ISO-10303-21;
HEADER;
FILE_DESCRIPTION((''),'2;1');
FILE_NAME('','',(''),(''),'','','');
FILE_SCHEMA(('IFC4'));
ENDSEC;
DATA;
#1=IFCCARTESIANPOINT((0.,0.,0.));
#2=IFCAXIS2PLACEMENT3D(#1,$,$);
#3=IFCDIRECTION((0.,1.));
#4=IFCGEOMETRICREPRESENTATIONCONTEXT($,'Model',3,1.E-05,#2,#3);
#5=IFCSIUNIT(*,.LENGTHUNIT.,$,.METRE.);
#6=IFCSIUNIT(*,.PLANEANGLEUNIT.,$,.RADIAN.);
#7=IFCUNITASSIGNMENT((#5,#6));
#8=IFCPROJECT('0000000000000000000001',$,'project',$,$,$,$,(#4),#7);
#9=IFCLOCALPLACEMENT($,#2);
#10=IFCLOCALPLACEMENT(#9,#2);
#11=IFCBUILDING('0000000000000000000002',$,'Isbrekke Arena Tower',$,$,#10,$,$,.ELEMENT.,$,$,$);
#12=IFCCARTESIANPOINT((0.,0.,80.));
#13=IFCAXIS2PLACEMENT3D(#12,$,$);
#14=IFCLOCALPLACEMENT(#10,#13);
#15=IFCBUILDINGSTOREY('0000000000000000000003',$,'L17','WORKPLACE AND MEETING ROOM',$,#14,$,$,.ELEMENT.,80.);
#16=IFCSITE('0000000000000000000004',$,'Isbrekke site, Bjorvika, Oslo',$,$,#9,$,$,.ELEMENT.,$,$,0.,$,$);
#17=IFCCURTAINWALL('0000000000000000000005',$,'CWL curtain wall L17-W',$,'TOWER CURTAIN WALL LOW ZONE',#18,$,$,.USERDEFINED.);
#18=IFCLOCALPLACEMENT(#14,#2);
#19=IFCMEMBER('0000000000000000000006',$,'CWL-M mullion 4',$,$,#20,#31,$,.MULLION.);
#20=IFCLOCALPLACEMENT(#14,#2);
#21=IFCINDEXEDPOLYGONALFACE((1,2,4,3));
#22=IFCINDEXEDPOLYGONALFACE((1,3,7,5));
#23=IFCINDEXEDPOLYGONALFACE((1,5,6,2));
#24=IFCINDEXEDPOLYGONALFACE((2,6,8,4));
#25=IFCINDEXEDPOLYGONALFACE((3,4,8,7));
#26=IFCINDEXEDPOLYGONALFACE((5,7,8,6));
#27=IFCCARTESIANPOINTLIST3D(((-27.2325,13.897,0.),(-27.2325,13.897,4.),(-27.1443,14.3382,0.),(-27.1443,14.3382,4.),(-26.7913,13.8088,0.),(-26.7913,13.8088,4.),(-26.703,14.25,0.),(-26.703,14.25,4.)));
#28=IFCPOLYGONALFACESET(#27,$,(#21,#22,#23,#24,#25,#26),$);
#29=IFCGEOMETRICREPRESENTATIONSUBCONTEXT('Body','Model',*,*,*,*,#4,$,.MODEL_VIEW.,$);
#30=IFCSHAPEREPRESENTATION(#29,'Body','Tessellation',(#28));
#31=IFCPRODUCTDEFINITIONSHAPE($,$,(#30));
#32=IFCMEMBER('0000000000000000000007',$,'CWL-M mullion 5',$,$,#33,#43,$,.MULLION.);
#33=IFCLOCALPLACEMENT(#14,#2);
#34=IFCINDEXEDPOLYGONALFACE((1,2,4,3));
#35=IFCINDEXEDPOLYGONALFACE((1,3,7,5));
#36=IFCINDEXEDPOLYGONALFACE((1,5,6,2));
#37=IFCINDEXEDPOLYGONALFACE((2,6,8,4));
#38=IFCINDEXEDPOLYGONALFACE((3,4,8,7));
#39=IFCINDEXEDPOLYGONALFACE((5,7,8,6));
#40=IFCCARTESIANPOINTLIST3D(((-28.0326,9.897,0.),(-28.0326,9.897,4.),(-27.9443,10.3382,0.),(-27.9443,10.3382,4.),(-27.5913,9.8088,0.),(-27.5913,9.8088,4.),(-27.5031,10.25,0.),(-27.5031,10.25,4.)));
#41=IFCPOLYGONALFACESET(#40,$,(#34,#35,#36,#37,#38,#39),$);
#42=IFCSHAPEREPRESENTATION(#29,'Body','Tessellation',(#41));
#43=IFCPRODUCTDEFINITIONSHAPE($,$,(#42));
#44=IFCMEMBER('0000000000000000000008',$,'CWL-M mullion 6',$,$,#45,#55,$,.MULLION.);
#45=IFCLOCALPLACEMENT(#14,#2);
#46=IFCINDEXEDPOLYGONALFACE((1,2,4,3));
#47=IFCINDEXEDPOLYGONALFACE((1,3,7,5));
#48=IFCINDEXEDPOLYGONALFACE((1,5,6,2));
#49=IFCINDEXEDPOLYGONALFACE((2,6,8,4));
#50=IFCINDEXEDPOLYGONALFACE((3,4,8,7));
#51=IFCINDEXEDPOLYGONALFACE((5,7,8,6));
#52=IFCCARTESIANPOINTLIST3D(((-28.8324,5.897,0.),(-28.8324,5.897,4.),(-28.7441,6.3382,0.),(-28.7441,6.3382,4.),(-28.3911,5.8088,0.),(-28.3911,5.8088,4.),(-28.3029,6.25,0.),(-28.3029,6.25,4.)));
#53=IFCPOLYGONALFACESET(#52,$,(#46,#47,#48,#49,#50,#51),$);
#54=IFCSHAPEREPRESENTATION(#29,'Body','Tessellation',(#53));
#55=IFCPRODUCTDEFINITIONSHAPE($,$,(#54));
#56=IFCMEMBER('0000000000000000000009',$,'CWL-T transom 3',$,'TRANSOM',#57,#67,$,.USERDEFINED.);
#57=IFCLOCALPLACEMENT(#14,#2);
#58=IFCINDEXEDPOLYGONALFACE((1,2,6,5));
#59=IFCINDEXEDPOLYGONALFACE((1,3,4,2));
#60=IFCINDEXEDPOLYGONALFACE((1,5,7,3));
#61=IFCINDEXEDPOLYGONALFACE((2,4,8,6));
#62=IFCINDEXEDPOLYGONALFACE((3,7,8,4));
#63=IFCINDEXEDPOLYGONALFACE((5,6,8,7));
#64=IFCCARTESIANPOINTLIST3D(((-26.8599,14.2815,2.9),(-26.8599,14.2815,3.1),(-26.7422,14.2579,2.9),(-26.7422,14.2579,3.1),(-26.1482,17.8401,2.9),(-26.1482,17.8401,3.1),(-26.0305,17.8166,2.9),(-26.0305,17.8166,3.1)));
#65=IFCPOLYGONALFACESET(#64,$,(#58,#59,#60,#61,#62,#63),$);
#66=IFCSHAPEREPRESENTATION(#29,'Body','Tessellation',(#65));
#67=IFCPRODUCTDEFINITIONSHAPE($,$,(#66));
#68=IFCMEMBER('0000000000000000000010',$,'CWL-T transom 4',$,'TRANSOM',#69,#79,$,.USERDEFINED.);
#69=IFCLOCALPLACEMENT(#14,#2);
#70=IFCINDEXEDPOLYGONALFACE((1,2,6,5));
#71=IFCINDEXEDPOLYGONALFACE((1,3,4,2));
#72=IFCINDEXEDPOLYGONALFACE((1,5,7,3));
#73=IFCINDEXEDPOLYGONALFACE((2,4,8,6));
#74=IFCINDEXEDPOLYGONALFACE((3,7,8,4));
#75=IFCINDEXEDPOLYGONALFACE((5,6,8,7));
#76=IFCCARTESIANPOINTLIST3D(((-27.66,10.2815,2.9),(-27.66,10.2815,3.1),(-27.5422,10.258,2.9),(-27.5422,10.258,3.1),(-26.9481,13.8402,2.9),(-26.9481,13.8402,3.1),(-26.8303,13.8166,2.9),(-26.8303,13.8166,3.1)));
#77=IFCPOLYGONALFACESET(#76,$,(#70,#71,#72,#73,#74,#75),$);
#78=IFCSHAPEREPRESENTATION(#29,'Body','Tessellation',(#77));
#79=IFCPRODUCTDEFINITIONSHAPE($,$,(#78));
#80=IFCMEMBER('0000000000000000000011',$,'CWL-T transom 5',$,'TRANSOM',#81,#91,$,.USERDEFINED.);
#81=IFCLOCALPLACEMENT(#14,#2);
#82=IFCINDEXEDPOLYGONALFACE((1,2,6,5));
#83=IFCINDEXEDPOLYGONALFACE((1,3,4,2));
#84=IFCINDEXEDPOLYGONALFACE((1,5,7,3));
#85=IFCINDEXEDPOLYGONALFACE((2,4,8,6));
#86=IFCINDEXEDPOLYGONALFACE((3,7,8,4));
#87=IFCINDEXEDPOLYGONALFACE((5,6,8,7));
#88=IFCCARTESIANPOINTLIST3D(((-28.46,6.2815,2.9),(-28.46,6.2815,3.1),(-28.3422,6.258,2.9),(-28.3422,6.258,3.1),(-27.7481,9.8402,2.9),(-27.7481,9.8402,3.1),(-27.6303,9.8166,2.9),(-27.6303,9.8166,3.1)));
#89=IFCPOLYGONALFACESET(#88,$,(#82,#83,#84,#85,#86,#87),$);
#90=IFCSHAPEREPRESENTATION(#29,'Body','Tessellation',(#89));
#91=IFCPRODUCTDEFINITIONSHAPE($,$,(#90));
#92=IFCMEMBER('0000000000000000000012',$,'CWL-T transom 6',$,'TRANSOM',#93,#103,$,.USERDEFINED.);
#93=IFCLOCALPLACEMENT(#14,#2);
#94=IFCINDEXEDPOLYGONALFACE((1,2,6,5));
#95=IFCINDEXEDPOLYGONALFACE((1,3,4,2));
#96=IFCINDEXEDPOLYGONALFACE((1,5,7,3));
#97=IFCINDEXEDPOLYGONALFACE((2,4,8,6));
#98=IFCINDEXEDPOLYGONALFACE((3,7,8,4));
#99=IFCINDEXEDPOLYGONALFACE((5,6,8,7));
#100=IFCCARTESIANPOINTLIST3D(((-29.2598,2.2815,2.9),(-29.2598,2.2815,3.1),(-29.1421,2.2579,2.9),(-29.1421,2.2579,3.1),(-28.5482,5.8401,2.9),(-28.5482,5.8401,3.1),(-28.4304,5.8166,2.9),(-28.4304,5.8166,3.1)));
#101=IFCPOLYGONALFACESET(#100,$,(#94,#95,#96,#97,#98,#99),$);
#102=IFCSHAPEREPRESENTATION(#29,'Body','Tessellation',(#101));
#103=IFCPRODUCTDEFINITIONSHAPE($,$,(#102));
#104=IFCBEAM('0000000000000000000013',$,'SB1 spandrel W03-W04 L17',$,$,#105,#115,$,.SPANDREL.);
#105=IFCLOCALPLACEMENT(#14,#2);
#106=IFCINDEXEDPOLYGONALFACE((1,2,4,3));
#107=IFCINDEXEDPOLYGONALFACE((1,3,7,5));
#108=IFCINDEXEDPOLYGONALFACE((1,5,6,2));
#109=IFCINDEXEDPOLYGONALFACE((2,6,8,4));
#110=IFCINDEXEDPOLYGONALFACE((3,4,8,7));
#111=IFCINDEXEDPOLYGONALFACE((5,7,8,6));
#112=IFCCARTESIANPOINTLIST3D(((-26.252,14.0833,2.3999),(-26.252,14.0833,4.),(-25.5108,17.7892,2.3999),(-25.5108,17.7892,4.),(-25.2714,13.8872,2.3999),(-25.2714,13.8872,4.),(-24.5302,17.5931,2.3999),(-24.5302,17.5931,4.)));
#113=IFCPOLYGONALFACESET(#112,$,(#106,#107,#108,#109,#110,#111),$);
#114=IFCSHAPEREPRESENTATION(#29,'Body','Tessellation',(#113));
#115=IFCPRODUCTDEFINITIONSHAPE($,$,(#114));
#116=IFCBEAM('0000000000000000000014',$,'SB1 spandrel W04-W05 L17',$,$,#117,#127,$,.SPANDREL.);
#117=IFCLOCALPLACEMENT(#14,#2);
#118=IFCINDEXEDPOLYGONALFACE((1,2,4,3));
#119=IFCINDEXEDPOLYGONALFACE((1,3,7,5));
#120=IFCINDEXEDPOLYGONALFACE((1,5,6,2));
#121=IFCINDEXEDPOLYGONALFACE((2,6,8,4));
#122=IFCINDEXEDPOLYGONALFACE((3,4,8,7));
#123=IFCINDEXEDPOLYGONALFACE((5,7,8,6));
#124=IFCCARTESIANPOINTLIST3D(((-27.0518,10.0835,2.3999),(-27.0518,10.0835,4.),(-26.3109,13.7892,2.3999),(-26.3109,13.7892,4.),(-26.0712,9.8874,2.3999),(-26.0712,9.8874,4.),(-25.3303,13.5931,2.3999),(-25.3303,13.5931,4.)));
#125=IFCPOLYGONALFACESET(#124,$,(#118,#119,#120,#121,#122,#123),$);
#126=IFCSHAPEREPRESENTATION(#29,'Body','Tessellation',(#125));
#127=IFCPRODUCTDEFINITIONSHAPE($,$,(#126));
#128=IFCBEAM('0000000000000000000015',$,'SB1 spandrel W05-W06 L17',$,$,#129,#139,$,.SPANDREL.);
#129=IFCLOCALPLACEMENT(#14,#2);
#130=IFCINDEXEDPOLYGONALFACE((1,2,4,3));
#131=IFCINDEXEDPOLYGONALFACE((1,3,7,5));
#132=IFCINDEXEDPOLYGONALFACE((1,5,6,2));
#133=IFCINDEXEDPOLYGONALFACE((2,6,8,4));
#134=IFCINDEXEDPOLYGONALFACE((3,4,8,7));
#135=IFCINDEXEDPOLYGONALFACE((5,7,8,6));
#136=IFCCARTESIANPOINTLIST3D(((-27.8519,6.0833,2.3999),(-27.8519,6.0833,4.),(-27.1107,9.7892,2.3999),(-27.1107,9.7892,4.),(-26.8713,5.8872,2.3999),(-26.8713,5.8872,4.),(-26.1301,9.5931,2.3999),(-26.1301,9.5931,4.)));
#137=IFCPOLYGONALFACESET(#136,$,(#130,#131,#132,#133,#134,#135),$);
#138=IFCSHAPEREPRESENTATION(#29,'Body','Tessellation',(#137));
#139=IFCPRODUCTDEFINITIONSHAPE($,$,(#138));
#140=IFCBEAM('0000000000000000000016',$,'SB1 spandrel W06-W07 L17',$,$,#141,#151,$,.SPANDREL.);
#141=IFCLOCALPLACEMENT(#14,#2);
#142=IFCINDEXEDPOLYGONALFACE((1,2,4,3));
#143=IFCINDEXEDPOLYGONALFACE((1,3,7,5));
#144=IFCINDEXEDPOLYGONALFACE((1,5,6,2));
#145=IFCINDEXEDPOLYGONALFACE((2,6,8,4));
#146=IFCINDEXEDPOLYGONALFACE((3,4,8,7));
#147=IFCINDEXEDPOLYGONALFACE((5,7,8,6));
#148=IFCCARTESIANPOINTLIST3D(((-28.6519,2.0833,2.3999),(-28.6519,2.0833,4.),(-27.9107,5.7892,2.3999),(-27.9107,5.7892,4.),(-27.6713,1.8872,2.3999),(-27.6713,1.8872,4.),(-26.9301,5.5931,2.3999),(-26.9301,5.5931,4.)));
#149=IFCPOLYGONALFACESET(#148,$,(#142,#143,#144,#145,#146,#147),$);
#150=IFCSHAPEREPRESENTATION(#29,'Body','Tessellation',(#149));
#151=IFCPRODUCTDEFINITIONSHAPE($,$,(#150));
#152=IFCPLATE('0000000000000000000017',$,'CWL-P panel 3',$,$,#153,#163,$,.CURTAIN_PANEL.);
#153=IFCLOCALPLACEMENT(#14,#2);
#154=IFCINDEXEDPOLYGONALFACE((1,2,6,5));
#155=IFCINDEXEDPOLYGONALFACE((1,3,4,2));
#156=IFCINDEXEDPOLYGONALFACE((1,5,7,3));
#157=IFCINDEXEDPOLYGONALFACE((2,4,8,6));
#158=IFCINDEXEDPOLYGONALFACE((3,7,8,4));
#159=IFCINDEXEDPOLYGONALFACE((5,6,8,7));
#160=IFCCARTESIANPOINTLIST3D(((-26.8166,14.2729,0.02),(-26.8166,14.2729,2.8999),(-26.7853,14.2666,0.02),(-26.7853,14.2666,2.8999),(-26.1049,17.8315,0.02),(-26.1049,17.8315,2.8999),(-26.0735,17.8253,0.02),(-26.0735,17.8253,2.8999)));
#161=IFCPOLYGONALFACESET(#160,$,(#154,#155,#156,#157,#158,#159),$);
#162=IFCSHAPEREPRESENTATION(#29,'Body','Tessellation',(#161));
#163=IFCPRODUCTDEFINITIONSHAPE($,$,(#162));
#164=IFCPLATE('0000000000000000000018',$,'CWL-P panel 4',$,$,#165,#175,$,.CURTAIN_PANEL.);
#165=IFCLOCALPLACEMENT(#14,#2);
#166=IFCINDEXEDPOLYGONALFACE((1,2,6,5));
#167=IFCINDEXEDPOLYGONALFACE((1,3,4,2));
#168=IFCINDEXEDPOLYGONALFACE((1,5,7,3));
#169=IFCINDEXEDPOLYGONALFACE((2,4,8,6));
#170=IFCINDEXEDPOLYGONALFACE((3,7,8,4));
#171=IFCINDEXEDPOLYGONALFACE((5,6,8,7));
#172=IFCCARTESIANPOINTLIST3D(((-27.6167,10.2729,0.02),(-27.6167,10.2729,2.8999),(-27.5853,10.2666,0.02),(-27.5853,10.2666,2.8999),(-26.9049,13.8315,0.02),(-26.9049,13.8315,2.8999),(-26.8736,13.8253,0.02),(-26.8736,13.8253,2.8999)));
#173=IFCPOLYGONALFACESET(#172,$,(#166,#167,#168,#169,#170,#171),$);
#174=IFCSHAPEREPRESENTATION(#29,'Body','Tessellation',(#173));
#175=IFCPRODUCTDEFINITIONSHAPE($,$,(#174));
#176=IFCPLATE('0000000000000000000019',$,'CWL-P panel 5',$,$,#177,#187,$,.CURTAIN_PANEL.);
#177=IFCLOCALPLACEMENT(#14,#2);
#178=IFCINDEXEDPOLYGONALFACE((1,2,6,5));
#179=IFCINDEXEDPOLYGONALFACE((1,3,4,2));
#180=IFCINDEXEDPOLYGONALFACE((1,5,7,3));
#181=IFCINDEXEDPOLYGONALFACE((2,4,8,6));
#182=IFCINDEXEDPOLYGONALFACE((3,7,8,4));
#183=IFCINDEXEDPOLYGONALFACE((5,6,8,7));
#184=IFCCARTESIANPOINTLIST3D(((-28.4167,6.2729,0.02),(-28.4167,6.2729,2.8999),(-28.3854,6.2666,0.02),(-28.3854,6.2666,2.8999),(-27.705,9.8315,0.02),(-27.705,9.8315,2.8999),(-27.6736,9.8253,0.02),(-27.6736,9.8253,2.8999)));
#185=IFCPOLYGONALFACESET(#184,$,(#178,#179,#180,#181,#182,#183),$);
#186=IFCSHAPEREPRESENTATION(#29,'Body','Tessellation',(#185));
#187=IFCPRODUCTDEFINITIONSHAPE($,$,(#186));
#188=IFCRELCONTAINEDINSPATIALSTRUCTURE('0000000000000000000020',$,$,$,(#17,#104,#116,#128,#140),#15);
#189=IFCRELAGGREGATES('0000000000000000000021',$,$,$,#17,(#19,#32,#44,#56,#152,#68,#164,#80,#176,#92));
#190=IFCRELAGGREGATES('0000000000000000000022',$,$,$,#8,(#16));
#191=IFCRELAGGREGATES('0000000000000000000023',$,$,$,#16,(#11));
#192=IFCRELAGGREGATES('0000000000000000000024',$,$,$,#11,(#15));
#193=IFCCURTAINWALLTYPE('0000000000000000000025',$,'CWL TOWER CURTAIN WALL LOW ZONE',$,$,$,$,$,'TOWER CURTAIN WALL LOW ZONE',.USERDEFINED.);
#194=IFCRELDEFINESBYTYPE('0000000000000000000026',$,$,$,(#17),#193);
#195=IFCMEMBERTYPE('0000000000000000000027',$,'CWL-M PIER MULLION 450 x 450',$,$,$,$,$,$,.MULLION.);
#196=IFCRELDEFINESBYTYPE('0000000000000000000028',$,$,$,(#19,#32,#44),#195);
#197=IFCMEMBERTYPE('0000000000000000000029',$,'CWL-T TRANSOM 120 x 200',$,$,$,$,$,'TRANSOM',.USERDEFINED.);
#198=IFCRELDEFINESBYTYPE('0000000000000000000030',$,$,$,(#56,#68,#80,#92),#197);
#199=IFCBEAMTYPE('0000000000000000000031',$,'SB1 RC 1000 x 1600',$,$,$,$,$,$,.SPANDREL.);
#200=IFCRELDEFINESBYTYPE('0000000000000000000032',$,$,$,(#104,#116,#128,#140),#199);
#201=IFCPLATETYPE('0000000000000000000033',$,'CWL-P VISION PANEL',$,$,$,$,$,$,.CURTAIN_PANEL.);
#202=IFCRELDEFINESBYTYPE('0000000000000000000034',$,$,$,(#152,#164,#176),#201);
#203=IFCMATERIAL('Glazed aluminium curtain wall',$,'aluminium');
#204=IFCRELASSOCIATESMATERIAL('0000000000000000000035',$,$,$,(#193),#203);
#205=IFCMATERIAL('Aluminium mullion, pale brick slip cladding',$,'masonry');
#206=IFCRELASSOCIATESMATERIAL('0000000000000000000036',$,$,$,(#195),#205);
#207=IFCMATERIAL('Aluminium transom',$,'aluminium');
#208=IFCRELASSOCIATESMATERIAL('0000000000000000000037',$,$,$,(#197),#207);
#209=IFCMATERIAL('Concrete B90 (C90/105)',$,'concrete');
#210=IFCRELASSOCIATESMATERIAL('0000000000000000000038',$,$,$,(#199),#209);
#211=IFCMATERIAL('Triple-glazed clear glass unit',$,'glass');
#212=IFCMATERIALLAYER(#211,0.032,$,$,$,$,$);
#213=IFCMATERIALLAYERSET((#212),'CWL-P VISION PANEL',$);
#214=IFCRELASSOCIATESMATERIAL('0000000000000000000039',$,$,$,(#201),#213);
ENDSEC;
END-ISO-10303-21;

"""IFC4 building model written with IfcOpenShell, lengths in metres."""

from ifc_helpers import new_model, si_unit, direction, frame, origin, origin_2d, place, context, subcontext, project, spatial, rectangle, extrude, material, layer, layer_set, material_profile, profile_set, type_object, element, aggregate, save


model = new_model("IFC4")

# Units and contexts
model_context = context("Model", 3, precision=1e-05, world=origin(), true_north=direction((0.0, 1.0)))
body_context = subcontext(model_context, "Body", "Model", "MODEL_VIEW")
ifc_project = project(units=[si_unit("LENGTHUNIT", "METRE"), si_unit("PLANEANGLEUNIT", "RADIAN")], contexts=[model_context])

# Site, building, storey
site_placement = place(None, origin())
site = spatial("IfcSite", under=ifc_project, at=site_placement, Name="Isbrekke site, Bjorvika, Oslo", CompositionType="ELEMENT", RefElevation=0.0)
building_placement = place(site_placement, origin())
building = spatial("IfcBuilding", under=site, at=building_placement, Name="Isbrekke Arena Tower", CompositionType="ELEMENT")
storey_placement = place(building_placement, frame((0.0, 0.0, 80.0)))
storey = spatial("IfcBuildingStorey", under=building, at=storey_placement, Name="L17", Description="WORKPLACE AND MEETING ROOM", CompositionType="ELEMENT", Elevation=80.0)

# Curtain wall, members
ifc_material_1 = material(Name="Glazed aluminium curtain wall", Category="aluminium")
curtain_wall_type = type_object("IfcCurtainWallType", Name="CWL TOWER CURTAIN WALL LOW ZONE", ElementType="TOWER CURTAIN WALL LOW ZONE", PredefinedType="USERDEFINED", material=ifc_material_1)
curtain_wall_placement = place(storey_placement, origin())
curtain_wall = element("IfcCurtainWall", 1, at=curtain_wall_placement, inside=storey, type_object=curtain_wall_type, Name="CWL curtain wall L17-W", ObjectType="TOWER CURTAIN WALL LOW ZONE", PredefinedType="USERDEFINED")
ifc_material_2 = material(Name="Aluminium mullion, pale brick slip cladding", Category="masonry")
ifc_material_profile_1 = material_profile(ifc_material_2, rectangle(XDim=0.45, YDim=0.45, at=origin_2d()), Name="PIER 450X450")
ifc_profile_set_1 = profile_set([ifc_material_profile_1], Name="Aluminium mullion, pale brick slip cladding")
member_type_1 = type_object("IfcMemberType", Name="CWL-M PIER MULLION 450 x 450", PredefinedType="MULLION", material=ifc_profile_set_1)
member_1_placement = place(storey_placement, frame((-26.9678, 14.0735, 0.0), z_axis=(0.0, 0.0, 1.0), x_axis=(-0.196116, -0.980581, 0.0)))
member_1 = element("IfcMember", 2, at=member_1_placement, type_object=member_type_1, Name="CWL-M mullion 4", PredefinedType="MULLION", context=body_context, shape_type="SweptSolid", body=[
    extrude(rectangle(XDim=0.45, YDim=0.45, at=origin_2d()), origin(), (0.0, 0.0, 1.0), 4.0),
])
member_2_placement = place(storey_placement, frame((-27.7678, 10.0735, 0.0), z_axis=(0.0, 0.0, 1.0), x_axis=(-0.196116, -0.980581, 0.0)))
member_2 = element("IfcMember", 3, at=member_2_placement, type_object=member_type_1, Name="CWL-M mullion 5", PredefinedType="MULLION", context=body_context, shape_type="SweptSolid", body=[
    extrude(rectangle(XDim=0.45, YDim=0.45, at=origin_2d()), origin(), (0.0, 0.0, 1.0), 4.0),
])
member_3_placement = place(storey_placement, frame((-28.5676, 6.0735, 0.0), z_axis=(0.0, 0.0, 1.0), x_axis=(-0.196116, -0.980581, 0.0)))
member_3 = element("IfcMember", 4, at=member_3_placement, type_object=member_type_1, Name="CWL-M mullion 6", PredefinedType="MULLION", context=body_context, shape_type="SweptSolid", body=[
    extrude(rectangle(XDim=0.45, YDim=0.45, at=origin_2d()), origin(), (0.0, 0.0, 1.0), 4.0),
])
ifc_material_3 = material(Name="Aluminium transom", Category="aluminium")
ifc_material_profile_2 = material_profile(ifc_material_3, rectangle(XDim=0.1201, YDim=0.2, at=origin_2d()), Name="TRANSOM 120X200")
ifc_profile_set_2 = profile_set([ifc_material_profile_2], Name="Aluminium transom")
member_type_2 = type_object("IfcMemberType", Name="CWL-T TRANSOM 120 x 200", ElementType="TRANSOM", PredefinedType="USERDEFINED", material=ifc_profile_set_2)
member_4_placement = place(storey_placement, frame((-26.0894, 17.8284, 3.0), z_axis=(-0.196103, -0.980583, 0.0), x_axis=(0.980583, -0.196103, 0.0)))
member_4 = element("IfcMember", 5, at=member_4_placement, type_object=member_type_2, Name="CWL-T transom 3", ObjectType="TRANSOM", PredefinedType="USERDEFINED", context=body_context, shape_type="SweptSolid", body=[
    extrude(rectangle(XDim=0.1201, YDim=0.2, at=origin_2d()), origin(), (0.0, 0.0, 1.0), 3.6292),
])
member_5_placement = place(storey_placement, frame((-26.8892, 13.8284, 3.0), z_axis=(-0.196168, -0.98057, 0.0), x_axis=(0.98057, -0.196168, 0.0)))
member_5 = element("IfcMember", 6, at=member_5_placement, type_object=member_type_2, Name="CWL-T transom 4", ObjectType="TRANSOM", PredefinedType="USERDEFINED", context=body_context, shape_type="SweptSolid", body=[
    extrude(rectangle(XDim=0.1201, YDim=0.2, at=origin_2d()), origin(), (0.0, 0.0, 1.0), 3.6292),
])
member_6_placement = place(storey_placement, frame((-27.6892, 9.8284, 3.0), z_axis=(-0.196168, -0.98057, 0.0), x_axis=(0.98057, -0.196168, 0.0)))
member_6 = element("IfcMember", 7, at=member_6_placement, type_object=member_type_2, Name="CWL-T transom 5", ObjectType="TRANSOM", PredefinedType="USERDEFINED", context=body_context, shape_type="SweptSolid", body=[
    extrude(rectangle(XDim=0.1201, YDim=0.2, at=origin_2d()), origin(), (0.0, 0.0, 1.0), 3.6292),
])
member_7_placement = place(storey_placement, frame((-28.4893, 5.8284, 3.0), z_axis=(-0.196103, -0.980583, 0.0), x_axis=(0.980583, -0.196103, 0.0)))
member_7 = element("IfcMember", 8, at=member_7_placement, type_object=member_type_2, Name="CWL-T transom 6", ObjectType="TRANSOM", PredefinedType="USERDEFINED", context=body_context, shape_type="SweptSolid", body=[
    extrude(rectangle(XDim=0.1201, YDim=0.2, at=origin_2d()), origin(), (0.0, 0.0, 1.0), 3.6292),
])

# Beams
ifc_material_4 = material(Name="Concrete B90 (C90/105)", Category="concrete")
ifc_material_profile_3 = material_profile(ifc_material_4, rectangle(XDim=1.0, YDim=1.6001, at=origin_2d()), Name="RC 1000x1600")
ifc_profile_set_3 = profile_set([ifc_material_profile_3], Name="Concrete B90 (C90/105)")
beam_type_1 = type_object("IfcBeamType", Name="SB1 RC 1000 x 1600", PredefinedType="SPANDREL", material=ifc_profile_set_3)
beam_1_placement = place(storey_placement, frame((-25.0205, 17.6912, 3.2), z_axis=(-0.196129, -0.980578, 0.0), x_axis=(0.980578, -0.196129, 0.0)))
element("IfcBeam", 9, at=beam_1_placement, inside=storey, type_object=beam_type_1, Name="SB1 spandrel W03-W04 L17", PredefinedType="SPANDREL", context=body_context, shape_type="SweptSolid", body=[
    extrude(rectangle(XDim=1.0, YDim=1.6001, at=origin_2d()), origin(), (0.0, 0.0, 1.0), 3.7793),
])
beam_2_placement = place(storey_placement, frame((-25.8206, 13.6912, 3.2), z_axis=(-0.196066, -0.980591, 0.0), x_axis=(0.980591, -0.196066, 0.0)))
element("IfcBeam", 10, at=beam_2_placement, inside=storey, type_object=beam_type_1, Name="SB1 spandrel W04-W05 L17", PredefinedType="SPANDREL", context=body_context, shape_type="SweptSolid", body=[
    extrude(rectangle(XDim=1.0, YDim=1.6001, at=origin_2d()), origin(), (0.0, 0.0, 1.0), 3.7791),
])
for number, where, z_axis, x_axis, name in (
    (11, (-26.6204, 9.6912, 3.2), (-0.196129, -0.980578, 0.0), (0.980578, -0.196129, 0.0), "SB1 spandrel W05-W06 L17"),
    (12, (-27.4204, 5.6912, 3.2), (-0.196129, -0.980578, 0.0), (0.980578, -0.196129, 0.0), "SB1 spandrel W06-W07 L17"),
):
    element("IfcBeam", number, at=place(storey_placement, frame(where, z_axis=z_axis, x_axis=x_axis)), inside=storey, type_object=beam_type_1, Name=name, PredefinedType="SPANDREL", context=body_context, shape_type="SweptSolid", body=[
        extrude(rectangle(XDim=1.0, YDim=1.6001, at=origin_2d()), origin(), (0.0, 0.0, 1.0), 3.7793),
    ])

# Plates
ifc_material_5 = material(Name="Triple-glazed clear glass unit", Category="glass")
ifc_layer_1 = layer(ifc_material_5, 0.032)
ifc_layer_set_1 = layer_set([ifc_layer_1], Name="CWL-P VISION PANEL")
plate_type = type_object("IfcPlateType", Name="CWL-P VISION PANEL", PredefinedType="CURTAIN_PANEL", material=ifc_layer_set_1)
plate_1_placement = place(storey_placement, frame((-26.4451, 16.0491, 0.02), z_axis=(0.0, 0.0, 1.0), x_axis=(-0.196116, -0.980581, 0.0)))
plate_1 = element("IfcPlate", 13, at=plate_1_placement, type_object=plate_type, Name="CWL-P panel 3", PredefinedType="CURTAIN_PANEL", context=body_context, shape_type="SweptSolid", body=[
    extrude(rectangle(XDim=3.6292, YDim=0.032, at=origin_2d()), origin(), (0.0, 0.0, 1.0), 2.8799),
])
plate_2_placement = place(storey_placement, frame((-27.2451, 12.0491, 0.02), z_axis=(0.0, 0.0, 1.0), x_axis=(-0.196116, -0.980581, 0.0)))
plate_2 = element("IfcPlate", 14, at=plate_2_placement, type_object=plate_type, Name="CWL-P panel 4", PredefinedType="CURTAIN_PANEL", context=body_context, shape_type="SweptSolid", body=[
    extrude(rectangle(XDim=3.6292, YDim=0.032, at=origin_2d()), origin(), (0.0, 0.0, 1.0), 2.8799),
])
plate_3_placement = place(storey_placement, frame((-28.0452, 8.0491, 0.02), z_axis=(0.0, 0.0, 1.0), x_axis=(-0.196116, -0.980581, 0.0)))
plate_3 = element("IfcPlate", 15, at=plate_3_placement, type_object=plate_type, Name="CWL-P panel 5", PredefinedType="CURTAIN_PANEL", context=body_context, shape_type="SweptSolid", body=[
    extrude(rectangle(XDim=3.6292, YDim=0.032, at=origin_2d()), origin(), (0.0, 0.0, 1.0), 2.8799),
])
aggregate(curtain_wall, [member_1, member_2, member_3, member_4, plate_1, member_5, plate_2, member_6, plate_3, member_7])

save(model, "model.ifc")
